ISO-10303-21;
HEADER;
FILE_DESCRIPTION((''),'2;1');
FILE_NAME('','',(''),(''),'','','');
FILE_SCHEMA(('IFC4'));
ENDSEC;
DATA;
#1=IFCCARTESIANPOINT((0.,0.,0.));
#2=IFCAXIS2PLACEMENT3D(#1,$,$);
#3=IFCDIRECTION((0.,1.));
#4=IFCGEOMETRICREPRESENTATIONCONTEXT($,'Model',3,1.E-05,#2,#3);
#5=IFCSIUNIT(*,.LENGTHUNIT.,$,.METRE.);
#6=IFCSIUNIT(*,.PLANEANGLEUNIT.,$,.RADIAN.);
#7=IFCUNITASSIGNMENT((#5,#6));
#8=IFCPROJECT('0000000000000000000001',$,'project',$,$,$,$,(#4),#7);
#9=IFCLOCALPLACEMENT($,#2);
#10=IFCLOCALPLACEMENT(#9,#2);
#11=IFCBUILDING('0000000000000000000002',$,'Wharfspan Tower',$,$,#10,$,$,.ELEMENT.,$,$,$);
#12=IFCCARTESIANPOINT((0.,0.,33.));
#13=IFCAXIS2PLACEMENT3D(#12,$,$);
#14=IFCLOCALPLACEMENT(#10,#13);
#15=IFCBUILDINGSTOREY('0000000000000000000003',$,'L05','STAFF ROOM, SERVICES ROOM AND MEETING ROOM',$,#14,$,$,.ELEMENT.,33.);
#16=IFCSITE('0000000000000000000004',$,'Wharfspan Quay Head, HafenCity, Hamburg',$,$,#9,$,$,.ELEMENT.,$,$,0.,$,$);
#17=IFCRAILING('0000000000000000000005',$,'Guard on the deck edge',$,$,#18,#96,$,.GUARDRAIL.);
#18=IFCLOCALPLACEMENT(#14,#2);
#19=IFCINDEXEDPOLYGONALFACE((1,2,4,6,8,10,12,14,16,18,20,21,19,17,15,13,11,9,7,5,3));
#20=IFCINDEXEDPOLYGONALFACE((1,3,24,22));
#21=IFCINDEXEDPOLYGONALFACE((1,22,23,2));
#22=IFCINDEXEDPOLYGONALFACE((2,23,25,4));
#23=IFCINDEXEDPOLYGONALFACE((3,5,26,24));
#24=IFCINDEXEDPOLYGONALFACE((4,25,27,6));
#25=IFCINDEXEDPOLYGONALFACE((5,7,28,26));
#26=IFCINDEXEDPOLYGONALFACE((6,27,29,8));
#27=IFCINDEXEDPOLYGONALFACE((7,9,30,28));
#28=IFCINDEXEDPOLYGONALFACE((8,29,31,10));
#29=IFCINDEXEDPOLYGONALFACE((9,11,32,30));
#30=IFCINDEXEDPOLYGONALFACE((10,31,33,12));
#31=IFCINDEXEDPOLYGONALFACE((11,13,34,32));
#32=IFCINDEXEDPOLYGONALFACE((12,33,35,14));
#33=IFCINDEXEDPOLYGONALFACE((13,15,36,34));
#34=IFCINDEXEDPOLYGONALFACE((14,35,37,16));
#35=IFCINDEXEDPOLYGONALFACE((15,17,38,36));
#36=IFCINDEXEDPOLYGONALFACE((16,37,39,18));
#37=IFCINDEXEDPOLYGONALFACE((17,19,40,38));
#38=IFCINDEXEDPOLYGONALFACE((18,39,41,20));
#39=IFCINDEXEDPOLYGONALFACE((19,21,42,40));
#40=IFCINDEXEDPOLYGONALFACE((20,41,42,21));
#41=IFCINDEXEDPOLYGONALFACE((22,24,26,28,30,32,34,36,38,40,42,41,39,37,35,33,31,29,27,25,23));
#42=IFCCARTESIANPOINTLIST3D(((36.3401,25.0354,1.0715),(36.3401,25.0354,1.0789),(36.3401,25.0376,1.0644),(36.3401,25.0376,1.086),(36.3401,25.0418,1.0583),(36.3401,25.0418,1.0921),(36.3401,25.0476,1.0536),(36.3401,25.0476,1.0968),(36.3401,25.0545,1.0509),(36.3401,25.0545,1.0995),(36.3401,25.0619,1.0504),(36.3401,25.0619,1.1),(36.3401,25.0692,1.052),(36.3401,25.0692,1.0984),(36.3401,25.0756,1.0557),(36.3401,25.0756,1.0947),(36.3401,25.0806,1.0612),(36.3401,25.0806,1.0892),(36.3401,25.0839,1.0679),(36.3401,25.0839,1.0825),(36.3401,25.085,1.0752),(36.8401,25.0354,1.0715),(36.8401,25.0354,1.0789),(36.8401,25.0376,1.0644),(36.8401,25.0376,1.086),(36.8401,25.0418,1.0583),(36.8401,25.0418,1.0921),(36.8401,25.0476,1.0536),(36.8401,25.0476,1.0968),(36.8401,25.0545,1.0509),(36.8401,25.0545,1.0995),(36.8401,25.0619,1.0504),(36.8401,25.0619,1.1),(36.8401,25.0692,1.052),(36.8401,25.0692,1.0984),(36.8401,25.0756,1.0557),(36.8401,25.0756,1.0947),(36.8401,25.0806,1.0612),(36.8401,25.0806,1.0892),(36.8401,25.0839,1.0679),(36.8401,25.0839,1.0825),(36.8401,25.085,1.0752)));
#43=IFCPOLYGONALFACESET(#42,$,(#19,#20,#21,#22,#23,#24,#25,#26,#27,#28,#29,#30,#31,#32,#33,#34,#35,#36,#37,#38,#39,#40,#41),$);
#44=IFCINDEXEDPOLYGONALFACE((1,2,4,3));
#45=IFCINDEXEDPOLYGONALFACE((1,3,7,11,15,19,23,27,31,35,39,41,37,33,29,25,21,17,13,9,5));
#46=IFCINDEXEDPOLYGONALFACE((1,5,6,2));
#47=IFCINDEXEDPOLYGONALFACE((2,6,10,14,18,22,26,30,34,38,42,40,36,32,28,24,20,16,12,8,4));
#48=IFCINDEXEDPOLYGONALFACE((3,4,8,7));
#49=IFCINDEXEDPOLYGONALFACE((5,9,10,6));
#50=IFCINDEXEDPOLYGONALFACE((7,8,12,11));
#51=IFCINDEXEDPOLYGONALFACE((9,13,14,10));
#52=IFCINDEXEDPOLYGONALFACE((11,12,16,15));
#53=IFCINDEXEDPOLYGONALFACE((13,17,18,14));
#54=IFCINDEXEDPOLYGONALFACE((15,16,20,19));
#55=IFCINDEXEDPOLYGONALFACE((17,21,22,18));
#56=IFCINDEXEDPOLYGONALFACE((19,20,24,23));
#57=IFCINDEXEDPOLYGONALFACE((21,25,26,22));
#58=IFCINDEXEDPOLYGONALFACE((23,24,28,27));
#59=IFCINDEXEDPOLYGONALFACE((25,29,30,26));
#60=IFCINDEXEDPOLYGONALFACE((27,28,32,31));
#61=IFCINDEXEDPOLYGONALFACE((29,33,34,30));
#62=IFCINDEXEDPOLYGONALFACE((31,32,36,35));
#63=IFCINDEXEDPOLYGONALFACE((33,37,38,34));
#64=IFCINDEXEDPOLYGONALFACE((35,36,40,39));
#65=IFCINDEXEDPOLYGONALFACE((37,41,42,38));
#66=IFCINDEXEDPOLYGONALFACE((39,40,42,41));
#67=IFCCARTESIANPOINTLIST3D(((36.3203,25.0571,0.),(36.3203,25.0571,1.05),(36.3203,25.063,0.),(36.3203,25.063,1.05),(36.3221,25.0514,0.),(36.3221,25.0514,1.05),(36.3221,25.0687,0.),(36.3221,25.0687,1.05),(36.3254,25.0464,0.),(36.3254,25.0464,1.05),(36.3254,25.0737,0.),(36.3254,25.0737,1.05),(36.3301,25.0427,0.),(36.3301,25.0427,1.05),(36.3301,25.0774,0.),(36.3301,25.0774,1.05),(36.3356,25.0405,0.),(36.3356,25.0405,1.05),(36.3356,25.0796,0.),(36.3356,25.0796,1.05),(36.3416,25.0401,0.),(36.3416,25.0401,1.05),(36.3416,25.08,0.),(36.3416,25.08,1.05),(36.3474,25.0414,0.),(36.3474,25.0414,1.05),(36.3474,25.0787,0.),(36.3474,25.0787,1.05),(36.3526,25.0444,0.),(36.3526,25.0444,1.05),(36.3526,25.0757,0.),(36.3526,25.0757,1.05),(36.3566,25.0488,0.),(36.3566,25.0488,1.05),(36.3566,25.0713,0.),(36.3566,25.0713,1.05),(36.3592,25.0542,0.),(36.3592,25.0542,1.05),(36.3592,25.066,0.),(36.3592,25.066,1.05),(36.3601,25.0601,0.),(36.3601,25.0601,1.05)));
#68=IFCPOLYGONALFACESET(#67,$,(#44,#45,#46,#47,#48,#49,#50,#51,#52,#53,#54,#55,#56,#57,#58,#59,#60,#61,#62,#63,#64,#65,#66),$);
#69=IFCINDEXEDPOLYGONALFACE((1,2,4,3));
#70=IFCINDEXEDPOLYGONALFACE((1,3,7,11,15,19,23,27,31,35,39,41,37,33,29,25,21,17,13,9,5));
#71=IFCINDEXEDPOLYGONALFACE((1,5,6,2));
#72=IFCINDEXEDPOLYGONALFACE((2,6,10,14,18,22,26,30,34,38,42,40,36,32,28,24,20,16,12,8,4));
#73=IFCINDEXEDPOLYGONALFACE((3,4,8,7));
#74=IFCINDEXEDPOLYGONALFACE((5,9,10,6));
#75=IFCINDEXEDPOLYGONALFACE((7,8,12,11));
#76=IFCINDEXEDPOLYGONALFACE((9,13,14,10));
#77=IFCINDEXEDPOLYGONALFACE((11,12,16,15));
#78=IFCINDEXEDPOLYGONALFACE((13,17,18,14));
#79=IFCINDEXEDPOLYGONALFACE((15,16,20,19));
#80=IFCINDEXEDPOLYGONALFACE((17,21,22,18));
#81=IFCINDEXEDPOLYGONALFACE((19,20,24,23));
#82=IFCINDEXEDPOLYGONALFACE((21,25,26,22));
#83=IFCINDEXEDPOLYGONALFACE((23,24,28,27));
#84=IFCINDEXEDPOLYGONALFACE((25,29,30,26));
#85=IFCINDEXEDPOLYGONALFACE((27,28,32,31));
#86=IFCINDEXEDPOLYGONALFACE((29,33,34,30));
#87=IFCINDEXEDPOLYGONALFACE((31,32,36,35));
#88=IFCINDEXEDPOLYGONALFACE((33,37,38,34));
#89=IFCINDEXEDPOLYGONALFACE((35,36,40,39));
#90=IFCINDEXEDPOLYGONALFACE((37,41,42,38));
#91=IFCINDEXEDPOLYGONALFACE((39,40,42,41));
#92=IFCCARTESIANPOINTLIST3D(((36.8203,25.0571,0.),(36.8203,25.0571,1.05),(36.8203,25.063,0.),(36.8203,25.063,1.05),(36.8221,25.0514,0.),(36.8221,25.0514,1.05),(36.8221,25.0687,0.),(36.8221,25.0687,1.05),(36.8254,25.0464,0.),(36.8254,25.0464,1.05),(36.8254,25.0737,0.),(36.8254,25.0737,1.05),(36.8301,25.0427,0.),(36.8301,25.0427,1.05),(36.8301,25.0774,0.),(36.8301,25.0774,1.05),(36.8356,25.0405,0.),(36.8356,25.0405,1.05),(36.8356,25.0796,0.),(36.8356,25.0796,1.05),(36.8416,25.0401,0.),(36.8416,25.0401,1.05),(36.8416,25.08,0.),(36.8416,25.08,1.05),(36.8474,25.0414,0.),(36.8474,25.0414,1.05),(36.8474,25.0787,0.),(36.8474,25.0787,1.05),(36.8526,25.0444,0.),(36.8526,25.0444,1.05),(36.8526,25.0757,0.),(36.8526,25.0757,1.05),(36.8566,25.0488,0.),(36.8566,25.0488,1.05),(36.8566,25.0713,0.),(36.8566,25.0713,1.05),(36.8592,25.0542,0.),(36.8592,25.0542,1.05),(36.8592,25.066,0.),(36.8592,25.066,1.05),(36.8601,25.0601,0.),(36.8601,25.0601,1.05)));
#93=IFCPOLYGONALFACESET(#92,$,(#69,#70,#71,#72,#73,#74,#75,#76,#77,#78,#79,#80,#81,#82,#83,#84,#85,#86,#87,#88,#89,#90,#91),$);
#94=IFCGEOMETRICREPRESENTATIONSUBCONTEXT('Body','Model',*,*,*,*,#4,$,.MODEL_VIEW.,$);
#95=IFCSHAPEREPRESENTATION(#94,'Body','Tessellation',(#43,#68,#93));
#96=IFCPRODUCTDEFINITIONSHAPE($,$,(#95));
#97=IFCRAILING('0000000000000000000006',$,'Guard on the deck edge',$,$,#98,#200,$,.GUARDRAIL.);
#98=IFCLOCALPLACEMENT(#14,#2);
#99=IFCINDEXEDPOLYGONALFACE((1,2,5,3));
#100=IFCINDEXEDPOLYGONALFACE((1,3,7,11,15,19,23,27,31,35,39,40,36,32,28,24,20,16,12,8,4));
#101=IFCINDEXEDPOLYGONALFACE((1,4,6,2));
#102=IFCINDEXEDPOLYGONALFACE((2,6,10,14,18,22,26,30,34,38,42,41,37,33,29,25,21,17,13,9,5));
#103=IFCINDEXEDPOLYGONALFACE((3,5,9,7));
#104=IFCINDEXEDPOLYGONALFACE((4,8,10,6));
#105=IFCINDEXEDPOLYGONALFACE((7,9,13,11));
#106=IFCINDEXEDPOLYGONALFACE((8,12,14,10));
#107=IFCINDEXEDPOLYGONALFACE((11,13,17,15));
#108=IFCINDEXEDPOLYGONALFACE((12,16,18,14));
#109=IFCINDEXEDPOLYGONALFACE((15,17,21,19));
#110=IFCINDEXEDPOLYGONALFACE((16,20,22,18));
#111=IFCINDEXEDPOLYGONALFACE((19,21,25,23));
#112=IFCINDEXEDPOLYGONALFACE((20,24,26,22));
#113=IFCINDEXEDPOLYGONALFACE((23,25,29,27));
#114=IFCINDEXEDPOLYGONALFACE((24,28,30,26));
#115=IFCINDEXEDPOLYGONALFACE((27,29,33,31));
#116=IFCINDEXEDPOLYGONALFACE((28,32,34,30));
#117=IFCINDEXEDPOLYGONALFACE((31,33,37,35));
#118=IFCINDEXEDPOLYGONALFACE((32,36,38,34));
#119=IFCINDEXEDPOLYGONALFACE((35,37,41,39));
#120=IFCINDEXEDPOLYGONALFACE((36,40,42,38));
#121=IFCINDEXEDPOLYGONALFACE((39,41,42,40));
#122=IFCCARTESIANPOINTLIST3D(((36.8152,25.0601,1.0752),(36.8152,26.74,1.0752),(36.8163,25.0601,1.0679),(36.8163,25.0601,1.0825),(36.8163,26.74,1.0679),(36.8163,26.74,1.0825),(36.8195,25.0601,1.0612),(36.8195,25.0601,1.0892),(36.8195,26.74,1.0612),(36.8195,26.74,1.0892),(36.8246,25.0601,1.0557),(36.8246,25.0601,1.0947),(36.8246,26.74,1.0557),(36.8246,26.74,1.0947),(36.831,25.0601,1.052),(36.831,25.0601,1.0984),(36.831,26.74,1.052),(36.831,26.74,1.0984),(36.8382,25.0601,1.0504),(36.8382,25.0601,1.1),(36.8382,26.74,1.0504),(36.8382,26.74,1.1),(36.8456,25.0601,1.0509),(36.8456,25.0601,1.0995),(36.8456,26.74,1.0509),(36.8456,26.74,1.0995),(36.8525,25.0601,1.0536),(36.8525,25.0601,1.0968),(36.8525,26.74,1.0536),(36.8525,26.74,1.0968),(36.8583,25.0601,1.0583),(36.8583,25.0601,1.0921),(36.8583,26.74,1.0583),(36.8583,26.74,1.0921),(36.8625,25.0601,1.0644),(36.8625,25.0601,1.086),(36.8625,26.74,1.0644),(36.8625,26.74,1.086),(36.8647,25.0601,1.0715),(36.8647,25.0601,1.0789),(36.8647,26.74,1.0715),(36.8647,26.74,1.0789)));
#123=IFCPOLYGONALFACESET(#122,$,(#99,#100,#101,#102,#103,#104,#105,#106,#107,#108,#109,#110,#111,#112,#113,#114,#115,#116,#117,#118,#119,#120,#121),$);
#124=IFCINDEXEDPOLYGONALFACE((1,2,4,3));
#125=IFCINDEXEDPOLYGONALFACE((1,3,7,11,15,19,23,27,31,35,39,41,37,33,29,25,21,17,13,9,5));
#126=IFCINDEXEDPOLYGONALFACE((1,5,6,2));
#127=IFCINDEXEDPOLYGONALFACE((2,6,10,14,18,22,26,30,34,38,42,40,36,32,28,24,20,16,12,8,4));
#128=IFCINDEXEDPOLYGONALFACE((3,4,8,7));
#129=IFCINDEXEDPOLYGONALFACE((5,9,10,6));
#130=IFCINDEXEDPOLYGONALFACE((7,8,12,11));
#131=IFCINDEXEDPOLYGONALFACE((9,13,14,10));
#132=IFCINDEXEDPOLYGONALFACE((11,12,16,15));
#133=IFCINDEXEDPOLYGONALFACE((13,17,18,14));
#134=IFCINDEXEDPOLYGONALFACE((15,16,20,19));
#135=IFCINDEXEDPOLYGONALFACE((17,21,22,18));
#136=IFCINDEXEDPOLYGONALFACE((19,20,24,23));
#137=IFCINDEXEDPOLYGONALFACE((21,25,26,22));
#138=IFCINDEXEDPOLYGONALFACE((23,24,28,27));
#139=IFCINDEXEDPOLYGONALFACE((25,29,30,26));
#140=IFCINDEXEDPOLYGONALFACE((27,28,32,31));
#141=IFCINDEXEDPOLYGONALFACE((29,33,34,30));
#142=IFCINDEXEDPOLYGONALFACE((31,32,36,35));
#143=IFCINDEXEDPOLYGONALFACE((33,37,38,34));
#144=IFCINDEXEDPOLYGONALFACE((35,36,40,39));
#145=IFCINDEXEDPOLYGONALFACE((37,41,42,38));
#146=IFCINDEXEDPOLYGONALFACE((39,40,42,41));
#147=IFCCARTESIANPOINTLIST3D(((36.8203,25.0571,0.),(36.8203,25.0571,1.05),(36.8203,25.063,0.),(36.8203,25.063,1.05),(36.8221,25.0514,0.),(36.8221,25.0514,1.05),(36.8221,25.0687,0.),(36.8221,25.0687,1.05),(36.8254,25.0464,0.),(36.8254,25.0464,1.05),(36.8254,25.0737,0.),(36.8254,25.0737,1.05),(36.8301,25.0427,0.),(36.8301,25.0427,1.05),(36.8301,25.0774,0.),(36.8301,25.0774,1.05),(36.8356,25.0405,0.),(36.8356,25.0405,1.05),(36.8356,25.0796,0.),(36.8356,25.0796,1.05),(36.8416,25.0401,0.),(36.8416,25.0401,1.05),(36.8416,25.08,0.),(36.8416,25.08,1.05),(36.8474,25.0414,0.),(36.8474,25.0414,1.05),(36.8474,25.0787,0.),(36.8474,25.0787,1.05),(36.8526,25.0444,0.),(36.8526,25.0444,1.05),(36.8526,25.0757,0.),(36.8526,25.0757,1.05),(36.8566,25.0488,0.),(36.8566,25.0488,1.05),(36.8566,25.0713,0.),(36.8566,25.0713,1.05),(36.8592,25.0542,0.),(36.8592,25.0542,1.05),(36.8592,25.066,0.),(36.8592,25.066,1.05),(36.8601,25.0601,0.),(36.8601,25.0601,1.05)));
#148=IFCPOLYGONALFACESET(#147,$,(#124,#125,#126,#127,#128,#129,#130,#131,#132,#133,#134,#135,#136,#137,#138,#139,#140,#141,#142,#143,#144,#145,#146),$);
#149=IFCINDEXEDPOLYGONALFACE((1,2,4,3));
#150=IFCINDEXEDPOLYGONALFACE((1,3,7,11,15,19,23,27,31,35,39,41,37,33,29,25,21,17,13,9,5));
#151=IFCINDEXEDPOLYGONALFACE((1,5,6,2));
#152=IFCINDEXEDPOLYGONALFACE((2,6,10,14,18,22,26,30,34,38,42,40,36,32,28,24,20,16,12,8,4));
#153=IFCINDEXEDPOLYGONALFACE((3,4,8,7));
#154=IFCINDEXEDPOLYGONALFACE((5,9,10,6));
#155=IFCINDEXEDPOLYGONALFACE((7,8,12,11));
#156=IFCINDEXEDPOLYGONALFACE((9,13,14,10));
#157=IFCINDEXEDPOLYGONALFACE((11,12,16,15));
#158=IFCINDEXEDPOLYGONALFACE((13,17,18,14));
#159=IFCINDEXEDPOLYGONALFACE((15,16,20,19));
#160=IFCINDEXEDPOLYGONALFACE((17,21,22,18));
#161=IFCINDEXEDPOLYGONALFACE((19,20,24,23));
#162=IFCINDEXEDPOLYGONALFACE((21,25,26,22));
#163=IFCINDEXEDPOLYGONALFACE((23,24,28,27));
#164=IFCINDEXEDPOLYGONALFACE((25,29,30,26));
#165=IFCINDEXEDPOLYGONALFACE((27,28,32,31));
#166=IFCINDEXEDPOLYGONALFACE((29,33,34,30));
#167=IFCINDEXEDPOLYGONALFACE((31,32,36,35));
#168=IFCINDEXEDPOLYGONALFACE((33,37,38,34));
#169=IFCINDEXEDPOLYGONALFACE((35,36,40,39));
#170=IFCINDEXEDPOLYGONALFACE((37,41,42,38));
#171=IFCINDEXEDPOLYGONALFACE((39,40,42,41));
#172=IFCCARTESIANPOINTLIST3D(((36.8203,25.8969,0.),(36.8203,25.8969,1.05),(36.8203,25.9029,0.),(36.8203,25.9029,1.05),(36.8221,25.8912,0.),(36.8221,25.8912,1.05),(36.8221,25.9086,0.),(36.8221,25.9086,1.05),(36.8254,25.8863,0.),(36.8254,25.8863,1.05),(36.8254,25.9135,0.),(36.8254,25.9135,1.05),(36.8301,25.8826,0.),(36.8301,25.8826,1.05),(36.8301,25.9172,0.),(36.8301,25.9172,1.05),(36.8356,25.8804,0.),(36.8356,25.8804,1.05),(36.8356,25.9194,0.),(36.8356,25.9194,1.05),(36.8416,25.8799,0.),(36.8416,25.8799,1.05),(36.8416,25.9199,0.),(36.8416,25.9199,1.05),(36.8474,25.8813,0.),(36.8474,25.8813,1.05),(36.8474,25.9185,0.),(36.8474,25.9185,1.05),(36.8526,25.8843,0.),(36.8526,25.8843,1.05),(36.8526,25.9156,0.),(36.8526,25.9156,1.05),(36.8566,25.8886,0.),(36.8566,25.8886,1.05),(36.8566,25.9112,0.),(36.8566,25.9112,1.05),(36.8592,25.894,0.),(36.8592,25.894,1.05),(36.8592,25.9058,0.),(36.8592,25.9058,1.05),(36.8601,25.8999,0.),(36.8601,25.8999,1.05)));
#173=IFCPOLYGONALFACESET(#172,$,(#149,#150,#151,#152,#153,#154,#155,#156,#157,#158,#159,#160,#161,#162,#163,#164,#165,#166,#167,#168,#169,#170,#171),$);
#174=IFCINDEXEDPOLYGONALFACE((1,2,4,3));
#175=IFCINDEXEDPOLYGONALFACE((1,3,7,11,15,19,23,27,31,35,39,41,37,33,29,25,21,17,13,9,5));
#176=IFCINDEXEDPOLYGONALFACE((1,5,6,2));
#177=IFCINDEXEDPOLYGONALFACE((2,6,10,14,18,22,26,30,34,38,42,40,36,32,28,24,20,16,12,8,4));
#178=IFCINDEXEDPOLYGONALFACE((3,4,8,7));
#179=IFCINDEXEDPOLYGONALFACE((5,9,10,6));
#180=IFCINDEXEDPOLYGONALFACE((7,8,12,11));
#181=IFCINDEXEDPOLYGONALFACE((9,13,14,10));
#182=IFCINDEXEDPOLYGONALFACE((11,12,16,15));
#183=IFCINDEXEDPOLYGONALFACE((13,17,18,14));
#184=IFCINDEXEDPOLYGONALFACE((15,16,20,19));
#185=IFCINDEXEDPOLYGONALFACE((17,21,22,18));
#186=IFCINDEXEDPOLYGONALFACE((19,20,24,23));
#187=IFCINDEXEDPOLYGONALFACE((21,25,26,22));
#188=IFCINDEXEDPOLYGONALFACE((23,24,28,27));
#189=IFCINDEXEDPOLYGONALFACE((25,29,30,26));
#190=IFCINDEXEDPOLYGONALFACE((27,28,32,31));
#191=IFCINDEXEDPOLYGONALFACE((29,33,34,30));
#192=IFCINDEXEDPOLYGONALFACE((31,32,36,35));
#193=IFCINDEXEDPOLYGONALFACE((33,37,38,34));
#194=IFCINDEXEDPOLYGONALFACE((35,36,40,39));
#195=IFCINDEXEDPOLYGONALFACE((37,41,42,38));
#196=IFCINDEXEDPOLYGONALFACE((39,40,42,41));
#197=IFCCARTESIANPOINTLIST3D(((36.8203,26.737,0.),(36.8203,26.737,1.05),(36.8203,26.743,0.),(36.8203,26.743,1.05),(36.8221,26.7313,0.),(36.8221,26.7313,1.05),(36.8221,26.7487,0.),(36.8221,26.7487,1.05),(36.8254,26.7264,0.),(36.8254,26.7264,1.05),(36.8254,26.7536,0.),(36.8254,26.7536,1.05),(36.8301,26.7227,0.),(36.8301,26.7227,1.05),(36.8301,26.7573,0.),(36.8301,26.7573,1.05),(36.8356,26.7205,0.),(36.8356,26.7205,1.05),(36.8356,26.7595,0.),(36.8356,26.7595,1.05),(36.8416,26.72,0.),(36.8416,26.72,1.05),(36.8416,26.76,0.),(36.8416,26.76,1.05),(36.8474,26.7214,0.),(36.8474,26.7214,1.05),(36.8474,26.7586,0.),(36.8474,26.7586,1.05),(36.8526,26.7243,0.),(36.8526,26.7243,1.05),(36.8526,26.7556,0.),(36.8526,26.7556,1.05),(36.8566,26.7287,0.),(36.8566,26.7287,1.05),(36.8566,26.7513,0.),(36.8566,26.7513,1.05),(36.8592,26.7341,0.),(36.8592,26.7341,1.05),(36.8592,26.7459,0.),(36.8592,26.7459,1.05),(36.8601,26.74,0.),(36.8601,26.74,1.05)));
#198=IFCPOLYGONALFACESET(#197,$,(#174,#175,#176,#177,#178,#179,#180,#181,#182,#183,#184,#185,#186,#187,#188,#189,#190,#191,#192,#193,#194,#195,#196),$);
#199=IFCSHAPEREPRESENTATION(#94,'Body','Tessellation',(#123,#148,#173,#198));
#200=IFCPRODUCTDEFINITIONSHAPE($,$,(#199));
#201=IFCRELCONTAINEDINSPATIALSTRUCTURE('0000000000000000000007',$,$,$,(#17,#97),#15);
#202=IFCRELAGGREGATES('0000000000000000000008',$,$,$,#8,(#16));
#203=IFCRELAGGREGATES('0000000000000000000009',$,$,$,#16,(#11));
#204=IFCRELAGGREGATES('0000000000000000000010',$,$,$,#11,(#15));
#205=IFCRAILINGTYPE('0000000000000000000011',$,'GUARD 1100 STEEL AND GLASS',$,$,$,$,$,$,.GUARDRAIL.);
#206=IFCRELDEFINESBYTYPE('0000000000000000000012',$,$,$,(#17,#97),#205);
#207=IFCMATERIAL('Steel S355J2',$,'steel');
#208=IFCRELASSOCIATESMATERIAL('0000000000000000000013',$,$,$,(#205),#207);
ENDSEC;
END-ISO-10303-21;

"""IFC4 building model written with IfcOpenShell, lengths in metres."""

from ifc_helpers import new_model, si_unit, direction, frame, origin, origin_2d, place, context, subcontext, project, spatial, circle, extrude, material, type_object, element, save


model = new_model("IFC4")

# Units and contexts
model_context = context("Model", 3, precision=1e-05, world=origin(), true_north=direction((0.0, 1.0)))
body_context = subcontext(model_context, "Body", "Model", "MODEL_VIEW")
ifc_project = project(units=[si_unit("LENGTHUNIT", "METRE"), si_unit("PLANEANGLEUNIT", "RADIAN")], contexts=[model_context])

# Site, building, storey
site_placement = place(None, origin())
site = spatial("IfcSite", under=ifc_project, at=site_placement, Name="Wharfspan Quay Head, HafenCity, Hamburg", CompositionType="ELEMENT", RefElevation=0.0)
building_placement = place(site_placement, origin())
building = spatial("IfcBuilding", under=site, at=building_placement, Name="Wharfspan Tower", CompositionType="ELEMENT")
storey_placement = place(building_placement, frame((0.0, 0.0, 33.0)))
storey = spatial("IfcBuildingStorey", under=building, at=storey_placement, Name="L05", Description="STAFF ROOM, SERVICES ROOM AND MEETING ROOM", CompositionType="ELEMENT", Elevation=33.0)

# Railings
ifc_material_1 = material(Name="Steel S355J2", Category="steel")
railing_type = type_object("IfcRailingType", Name="GUARD 1100 STEEL AND GLASS", PredefinedType="GUARDRAIL", material=ifc_material_1)
railing_1_placement = place(storey_placement, frame((36.3401, 25.0601, 0.0)))
element("IfcRailing", 1, at=railing_1_placement, inside=storey, type_object=railing_type, Name="Guard on the deck edge", PredefinedType="GUARDRAIL", context=body_context, shape_type="SweptSolid", body=[
    extrude(circle(Radius=0.0249, at=origin_2d()), frame((0.0, 0.0, 1.0752), z_axis=(1.0, 0.0, 0.0), x_axis=(0.0, 1.0, 0.0)), (0.0, 0.0, 1.0), 0.5),
    extrude(circle(Radius=0.02, at=origin_2d()), origin(), (0.0, 0.0, 1.0), 1.05),
    extrude(circle(Radius=0.02, at=origin_2d()), frame((0.5, 0.0, 0.0)), (0.0, 0.0, 1.0), 1.05),
])
railing_2_placement = place(storey_placement, frame((36.8401, 25.0601, 0.0)))
element("IfcRailing", 2, at=railing_2_placement, inside=storey, type_object=railing_type, Name="Guard on the deck edge", PredefinedType="GUARDRAIL", context=body_context, shape_type="SweptSolid", body=[
    extrude(circle(Radius=0.0249, at=origin_2d()), frame((0.0, 0.0, 1.0752), z_axis=(0.0, 1.0, 0.0), x_axis=(-1.0, 0.0, 0.0)), (0.0, 0.0, 1.0), 1.6799),
    extrude(circle(Radius=0.02, at=origin_2d()), origin(), (0.0, 0.0, 1.0), 1.05),
    extrude(circle(Radius=0.02, at=origin_2d()), frame((0.0, 0.8398, 0.0)), (0.0, 0.0, 1.0), 1.05),
    extrude(circle(Radius=0.02, at=origin_2d()), frame((0.0, 1.6799, 0.0)), (0.0, 0.0, 1.0), 1.05),
])

save(model, "model.ifc")
